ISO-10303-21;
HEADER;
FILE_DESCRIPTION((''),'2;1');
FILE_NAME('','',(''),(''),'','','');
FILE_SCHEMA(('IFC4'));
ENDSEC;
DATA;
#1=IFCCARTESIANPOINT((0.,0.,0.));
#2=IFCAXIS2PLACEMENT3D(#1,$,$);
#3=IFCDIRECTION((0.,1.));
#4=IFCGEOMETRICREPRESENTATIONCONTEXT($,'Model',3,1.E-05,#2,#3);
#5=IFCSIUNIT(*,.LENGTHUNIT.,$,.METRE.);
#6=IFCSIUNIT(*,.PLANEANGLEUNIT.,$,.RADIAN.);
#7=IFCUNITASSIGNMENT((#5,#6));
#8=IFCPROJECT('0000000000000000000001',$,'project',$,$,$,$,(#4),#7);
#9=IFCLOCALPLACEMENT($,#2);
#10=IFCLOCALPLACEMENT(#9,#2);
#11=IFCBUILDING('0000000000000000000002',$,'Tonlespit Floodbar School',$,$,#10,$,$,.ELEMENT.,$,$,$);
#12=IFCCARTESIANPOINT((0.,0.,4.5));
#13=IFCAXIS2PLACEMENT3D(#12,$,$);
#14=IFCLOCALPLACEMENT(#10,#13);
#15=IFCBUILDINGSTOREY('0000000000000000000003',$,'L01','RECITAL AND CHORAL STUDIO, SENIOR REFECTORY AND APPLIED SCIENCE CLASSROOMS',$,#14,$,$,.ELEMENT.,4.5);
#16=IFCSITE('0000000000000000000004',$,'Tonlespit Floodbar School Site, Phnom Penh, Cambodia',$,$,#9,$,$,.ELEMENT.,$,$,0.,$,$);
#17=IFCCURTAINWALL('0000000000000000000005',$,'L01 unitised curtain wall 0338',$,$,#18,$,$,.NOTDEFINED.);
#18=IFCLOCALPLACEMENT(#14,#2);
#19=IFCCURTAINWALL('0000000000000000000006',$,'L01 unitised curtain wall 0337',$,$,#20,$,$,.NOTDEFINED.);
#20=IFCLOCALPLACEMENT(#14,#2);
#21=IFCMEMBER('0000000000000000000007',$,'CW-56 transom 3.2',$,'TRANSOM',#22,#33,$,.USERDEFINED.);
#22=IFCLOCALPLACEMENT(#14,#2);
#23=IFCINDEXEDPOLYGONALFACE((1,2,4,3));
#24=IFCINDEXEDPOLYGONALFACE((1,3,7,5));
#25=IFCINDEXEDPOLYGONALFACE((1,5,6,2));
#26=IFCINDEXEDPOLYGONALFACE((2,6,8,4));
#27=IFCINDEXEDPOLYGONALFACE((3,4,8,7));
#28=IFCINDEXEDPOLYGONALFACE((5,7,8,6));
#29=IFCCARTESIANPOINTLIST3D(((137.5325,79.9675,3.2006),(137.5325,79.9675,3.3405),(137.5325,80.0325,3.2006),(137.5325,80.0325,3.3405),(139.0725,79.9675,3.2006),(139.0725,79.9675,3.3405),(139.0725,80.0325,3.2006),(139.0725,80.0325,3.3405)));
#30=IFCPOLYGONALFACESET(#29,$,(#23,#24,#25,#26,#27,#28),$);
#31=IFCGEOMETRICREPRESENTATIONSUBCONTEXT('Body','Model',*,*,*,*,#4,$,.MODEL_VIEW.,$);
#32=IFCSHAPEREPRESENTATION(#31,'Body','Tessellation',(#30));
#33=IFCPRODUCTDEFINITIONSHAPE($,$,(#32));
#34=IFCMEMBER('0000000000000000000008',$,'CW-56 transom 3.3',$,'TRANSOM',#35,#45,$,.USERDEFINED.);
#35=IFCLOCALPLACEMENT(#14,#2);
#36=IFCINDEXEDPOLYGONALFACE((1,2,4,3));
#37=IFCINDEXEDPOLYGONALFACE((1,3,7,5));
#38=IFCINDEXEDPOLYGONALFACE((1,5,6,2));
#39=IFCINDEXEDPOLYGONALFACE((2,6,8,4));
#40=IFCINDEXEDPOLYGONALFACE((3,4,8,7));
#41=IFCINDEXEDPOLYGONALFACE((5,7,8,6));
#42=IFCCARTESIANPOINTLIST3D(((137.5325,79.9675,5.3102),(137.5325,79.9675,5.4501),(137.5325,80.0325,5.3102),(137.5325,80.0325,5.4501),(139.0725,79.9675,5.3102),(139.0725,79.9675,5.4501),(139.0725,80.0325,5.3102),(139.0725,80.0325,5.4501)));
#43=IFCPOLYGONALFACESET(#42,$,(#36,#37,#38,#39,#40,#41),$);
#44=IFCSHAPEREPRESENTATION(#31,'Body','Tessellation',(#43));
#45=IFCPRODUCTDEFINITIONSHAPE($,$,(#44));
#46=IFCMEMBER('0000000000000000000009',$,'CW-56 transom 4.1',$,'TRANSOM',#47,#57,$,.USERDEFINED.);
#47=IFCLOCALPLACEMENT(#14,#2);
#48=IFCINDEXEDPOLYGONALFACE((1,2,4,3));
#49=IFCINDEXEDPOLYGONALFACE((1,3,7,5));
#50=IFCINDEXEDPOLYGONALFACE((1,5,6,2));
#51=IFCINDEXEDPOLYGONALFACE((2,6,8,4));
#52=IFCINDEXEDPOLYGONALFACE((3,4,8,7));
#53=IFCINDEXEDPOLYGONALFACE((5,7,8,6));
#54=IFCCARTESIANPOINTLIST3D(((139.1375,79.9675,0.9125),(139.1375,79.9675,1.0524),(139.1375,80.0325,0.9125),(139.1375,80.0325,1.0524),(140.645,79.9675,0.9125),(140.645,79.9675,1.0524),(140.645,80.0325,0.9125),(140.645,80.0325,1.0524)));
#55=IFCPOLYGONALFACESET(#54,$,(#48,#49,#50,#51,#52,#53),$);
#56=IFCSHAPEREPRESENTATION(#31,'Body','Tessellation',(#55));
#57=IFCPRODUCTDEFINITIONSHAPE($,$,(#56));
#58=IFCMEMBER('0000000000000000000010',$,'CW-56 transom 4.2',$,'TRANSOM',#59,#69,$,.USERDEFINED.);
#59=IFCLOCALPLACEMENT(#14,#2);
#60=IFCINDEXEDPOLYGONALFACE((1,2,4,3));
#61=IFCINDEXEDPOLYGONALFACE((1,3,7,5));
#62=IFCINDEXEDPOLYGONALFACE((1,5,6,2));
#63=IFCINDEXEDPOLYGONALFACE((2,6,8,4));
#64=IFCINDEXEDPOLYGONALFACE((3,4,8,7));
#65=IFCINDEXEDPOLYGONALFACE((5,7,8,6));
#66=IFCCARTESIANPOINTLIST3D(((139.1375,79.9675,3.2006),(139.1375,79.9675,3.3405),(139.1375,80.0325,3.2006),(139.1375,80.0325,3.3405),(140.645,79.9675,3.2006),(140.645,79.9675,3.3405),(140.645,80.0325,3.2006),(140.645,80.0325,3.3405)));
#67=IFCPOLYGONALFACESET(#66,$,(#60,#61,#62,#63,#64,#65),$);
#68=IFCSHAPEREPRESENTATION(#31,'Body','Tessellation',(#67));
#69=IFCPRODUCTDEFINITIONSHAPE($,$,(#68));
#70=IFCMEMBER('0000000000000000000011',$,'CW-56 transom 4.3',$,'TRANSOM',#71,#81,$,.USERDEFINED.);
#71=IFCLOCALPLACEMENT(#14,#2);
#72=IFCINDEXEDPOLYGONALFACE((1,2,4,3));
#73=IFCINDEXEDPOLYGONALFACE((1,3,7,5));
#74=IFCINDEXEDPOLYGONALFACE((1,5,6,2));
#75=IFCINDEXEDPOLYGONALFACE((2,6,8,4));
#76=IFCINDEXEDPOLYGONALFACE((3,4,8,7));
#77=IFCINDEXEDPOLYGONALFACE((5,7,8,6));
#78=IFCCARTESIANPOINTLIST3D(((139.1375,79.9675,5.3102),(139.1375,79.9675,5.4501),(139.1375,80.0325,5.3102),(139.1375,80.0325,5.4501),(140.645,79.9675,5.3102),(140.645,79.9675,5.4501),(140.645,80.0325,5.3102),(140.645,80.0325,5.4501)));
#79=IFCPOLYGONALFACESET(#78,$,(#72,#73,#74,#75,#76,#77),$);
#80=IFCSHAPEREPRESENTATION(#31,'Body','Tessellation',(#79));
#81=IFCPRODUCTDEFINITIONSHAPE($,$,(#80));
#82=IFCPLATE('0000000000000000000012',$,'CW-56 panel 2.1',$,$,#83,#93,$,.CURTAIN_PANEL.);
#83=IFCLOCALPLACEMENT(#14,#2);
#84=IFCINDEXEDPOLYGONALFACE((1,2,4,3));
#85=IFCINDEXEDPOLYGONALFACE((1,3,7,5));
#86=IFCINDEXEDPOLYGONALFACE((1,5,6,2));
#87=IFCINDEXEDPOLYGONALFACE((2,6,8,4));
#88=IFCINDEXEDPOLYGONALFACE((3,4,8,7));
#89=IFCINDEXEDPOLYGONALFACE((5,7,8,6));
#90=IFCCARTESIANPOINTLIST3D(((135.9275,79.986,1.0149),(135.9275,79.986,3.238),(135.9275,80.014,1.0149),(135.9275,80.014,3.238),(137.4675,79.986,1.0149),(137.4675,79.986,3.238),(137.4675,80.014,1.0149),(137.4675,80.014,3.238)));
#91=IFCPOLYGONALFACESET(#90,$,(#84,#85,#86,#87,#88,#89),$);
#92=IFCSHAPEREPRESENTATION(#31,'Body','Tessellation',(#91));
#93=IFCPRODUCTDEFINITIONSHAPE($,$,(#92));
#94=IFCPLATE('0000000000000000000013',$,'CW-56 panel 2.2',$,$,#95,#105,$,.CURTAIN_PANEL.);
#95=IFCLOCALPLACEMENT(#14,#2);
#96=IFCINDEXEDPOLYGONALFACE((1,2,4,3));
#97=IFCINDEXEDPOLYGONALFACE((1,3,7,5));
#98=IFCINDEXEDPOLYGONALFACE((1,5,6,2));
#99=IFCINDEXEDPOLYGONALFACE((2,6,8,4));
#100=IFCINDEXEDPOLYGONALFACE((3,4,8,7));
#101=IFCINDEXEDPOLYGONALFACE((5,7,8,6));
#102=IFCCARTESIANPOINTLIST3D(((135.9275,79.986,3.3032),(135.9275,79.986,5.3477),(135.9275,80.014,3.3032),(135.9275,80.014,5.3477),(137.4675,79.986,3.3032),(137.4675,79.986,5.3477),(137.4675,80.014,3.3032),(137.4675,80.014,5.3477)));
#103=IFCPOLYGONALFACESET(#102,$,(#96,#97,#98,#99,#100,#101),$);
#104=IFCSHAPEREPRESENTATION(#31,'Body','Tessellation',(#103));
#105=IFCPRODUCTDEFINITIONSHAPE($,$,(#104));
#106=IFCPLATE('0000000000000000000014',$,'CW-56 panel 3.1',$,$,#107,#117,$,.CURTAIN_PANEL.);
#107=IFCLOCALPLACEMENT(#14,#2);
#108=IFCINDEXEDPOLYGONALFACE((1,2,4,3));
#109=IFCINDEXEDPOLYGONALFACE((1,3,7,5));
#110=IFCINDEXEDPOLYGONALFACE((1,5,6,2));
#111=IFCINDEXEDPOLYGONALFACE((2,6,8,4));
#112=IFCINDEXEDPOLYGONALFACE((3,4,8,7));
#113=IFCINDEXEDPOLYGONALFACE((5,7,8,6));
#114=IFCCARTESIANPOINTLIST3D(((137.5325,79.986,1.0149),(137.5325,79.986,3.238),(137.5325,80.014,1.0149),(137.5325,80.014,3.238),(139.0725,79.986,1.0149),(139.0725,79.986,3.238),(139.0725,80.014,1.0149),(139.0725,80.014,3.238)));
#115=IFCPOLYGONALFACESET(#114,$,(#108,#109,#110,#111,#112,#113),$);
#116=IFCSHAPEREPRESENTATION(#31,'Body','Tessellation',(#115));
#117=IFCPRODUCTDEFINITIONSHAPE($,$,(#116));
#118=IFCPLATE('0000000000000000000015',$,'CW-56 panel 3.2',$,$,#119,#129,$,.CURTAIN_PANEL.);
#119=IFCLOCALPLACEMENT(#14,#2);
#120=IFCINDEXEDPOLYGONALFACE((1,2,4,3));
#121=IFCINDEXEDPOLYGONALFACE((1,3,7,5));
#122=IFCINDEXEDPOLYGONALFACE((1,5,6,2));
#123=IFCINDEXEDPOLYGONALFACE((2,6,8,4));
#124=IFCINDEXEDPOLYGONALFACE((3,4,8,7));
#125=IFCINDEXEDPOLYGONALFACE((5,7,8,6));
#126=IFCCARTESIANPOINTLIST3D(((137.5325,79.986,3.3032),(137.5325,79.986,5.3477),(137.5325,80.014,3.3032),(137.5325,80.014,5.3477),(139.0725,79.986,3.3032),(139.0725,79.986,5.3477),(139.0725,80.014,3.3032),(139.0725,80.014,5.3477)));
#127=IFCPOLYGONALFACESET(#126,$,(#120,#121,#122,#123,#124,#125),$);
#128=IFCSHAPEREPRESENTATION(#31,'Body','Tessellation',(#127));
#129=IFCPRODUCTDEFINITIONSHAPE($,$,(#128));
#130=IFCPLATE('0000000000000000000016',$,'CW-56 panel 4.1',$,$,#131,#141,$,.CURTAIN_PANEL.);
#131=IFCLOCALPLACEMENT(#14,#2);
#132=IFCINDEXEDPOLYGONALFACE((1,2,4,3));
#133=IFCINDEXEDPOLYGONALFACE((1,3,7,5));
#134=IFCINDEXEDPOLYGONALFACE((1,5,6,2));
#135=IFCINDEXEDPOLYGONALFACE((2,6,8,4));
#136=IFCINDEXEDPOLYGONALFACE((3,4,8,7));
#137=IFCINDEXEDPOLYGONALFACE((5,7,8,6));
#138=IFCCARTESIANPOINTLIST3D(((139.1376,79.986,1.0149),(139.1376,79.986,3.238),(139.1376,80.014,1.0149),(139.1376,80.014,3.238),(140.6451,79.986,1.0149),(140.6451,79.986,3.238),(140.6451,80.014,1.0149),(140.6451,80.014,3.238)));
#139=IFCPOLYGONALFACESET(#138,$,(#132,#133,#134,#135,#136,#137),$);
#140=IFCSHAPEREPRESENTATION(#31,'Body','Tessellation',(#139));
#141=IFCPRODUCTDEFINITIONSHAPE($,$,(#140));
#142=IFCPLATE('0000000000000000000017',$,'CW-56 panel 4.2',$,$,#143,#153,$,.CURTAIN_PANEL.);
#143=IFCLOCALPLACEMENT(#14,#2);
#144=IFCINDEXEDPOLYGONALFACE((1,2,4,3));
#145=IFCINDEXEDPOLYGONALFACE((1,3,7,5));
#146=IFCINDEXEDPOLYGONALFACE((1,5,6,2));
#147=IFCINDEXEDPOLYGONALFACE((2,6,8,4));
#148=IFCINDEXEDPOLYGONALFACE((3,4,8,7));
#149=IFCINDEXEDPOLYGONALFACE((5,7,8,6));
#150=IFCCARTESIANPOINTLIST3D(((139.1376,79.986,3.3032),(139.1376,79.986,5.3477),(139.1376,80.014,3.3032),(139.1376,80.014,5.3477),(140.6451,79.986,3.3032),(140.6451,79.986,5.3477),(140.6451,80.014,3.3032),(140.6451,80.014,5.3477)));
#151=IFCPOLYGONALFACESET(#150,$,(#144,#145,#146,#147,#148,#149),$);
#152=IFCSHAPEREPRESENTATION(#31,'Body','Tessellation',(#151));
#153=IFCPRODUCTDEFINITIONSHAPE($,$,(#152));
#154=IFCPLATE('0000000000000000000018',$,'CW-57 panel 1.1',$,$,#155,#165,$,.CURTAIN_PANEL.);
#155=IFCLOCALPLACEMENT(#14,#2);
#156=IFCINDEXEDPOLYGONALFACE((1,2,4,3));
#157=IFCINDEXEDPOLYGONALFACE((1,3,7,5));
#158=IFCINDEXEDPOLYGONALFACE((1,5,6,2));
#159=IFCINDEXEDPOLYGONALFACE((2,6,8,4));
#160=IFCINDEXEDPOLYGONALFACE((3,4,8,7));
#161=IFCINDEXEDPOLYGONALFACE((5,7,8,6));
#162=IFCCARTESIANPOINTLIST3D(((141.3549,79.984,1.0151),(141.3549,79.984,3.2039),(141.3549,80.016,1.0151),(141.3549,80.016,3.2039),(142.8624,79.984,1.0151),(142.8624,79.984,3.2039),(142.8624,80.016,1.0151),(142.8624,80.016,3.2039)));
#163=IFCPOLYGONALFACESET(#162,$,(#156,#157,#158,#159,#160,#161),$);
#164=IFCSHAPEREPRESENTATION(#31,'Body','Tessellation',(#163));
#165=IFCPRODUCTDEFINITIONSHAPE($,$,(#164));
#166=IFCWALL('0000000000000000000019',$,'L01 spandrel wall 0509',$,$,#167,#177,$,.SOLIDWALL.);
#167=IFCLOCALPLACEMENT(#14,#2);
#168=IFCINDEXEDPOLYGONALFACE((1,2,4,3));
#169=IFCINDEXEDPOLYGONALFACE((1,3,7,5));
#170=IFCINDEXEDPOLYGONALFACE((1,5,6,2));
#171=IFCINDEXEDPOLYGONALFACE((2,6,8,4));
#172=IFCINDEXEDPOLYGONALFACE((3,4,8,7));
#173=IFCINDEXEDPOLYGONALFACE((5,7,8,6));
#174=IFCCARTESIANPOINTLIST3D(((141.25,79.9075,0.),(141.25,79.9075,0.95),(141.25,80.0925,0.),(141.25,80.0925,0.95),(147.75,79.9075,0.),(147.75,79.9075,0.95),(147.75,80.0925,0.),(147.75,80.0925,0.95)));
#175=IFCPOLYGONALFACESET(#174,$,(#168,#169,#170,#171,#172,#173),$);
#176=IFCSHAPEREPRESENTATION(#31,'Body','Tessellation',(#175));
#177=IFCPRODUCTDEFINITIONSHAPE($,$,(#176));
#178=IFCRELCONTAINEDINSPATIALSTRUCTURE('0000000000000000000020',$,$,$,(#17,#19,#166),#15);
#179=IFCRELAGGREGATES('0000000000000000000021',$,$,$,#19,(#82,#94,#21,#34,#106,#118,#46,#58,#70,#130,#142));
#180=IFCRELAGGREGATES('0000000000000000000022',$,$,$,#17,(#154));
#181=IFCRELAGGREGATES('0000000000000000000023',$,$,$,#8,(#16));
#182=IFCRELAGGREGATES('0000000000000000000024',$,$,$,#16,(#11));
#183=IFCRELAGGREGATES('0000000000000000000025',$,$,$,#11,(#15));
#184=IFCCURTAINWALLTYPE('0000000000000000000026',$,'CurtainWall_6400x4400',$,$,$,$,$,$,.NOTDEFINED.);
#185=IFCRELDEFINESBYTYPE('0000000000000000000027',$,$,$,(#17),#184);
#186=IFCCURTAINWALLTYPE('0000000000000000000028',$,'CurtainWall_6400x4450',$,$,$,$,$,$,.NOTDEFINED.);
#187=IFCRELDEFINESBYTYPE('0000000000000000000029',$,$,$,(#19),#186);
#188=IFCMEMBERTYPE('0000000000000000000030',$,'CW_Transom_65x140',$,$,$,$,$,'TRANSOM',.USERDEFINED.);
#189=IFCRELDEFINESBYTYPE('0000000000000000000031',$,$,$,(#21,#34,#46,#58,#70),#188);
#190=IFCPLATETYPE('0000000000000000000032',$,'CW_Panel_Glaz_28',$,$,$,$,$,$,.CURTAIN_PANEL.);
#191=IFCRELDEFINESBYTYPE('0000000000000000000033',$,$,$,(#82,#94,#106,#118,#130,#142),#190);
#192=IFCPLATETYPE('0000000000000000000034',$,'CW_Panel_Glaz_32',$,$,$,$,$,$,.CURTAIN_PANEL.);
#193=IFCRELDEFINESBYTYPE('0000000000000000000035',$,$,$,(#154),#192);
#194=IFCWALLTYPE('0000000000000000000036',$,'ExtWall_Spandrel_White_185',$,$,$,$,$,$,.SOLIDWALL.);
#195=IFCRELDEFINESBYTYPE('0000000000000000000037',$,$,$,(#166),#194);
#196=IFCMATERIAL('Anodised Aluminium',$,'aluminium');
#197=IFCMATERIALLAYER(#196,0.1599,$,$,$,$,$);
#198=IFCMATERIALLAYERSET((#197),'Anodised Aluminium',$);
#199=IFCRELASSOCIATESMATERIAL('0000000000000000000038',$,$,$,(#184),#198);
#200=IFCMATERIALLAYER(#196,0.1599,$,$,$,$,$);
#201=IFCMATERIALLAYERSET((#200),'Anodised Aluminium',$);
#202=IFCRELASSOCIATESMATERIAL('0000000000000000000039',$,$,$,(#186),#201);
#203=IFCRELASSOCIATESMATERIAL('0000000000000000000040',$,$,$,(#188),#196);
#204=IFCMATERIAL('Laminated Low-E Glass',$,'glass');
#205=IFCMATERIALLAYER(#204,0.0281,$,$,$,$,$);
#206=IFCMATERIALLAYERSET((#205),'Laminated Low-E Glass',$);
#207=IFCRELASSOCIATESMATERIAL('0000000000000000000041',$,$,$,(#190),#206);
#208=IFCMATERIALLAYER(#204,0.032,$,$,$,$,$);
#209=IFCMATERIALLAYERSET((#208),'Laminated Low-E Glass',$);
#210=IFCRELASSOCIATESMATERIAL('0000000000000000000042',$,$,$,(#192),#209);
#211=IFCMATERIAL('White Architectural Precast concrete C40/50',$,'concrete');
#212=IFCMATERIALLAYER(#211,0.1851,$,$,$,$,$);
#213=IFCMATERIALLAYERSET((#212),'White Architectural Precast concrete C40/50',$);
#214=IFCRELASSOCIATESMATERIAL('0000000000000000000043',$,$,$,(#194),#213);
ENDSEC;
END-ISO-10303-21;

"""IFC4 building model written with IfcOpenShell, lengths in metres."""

from ifc_helpers import new_model, si_unit, direction, frame, frame_2d, origin, origin_2d, place, context, subcontext, project, spatial, rectangle, extrude, material, layer, layer_set, material_profile, profile_set, type_object, element, aggregate, save


model = new_model("IFC4")

# Units and contexts
model_context = context("Model", 3, precision=1e-05, world=origin(), true_north=direction((0.0, 1.0)))
body_context = subcontext(model_context, "Body", "Model", "MODEL_VIEW")
ifc_project = project(units=[si_unit("LENGTHUNIT", "METRE"), si_unit("PLANEANGLEUNIT", "RADIAN")], contexts=[model_context])

# Site, building, storey
site_placement = place(None, origin())
site = spatial("IfcSite", under=ifc_project, at=site_placement, Name="Tonlespit Floodbar School Site, Phnom Penh, Cambodia", CompositionType="ELEMENT", RefElevation=0.0)
building_placement = place(site_placement, origin())
building = spatial("IfcBuilding", under=site, at=building_placement, Name="Tonlespit Floodbar School", CompositionType="ELEMENT")
storey_placement = place(building_placement, frame((0.0, 0.0, 4.5)))
storey = spatial("IfcBuildingStorey", under=building, at=storey_placement, Name="L01", Description="RECITAL AND CHORAL STUDIO, SENIOR REFECTORY AND APPLIED SCIENCE CLASSROOMS", CompositionType="ELEMENT", Elevation=4.5)

# Curtain wall
ifc_material_1 = material(Name="Anodised Aluminium", Category="aluminium")
ifc_layer_1 = layer(ifc_material_1, 0.1599)
ifc_layer_set_1 = layer_set([ifc_layer_1], Name="Anodised Aluminium")
curtain_wall_type_1 = type_object("IfcCurtainWallType", Name="CurtainWall_6400x4400", PredefinedType="NOTDEFINED", material=ifc_layer_set_1)
curtain_wall_1_placement = place(storey_placement, origin())
curtain_wall_1 = element("IfcCurtainWall", 1, at=curtain_wall_1_placement, inside=storey, type_object=curtain_wall_type_1, Name="L01 unitised curtain wall 0338", PredefinedType="NOTDEFINED")

# Curtain wall
ifc_layer_2 = layer(ifc_material_1, 0.1599)
ifc_layer_set_2 = layer_set([ifc_layer_2], Name="Anodised Aluminium")
curtain_wall_type_2 = type_object("IfcCurtainWallType", Name="CurtainWall_6400x4450", PredefinedType="NOTDEFINED", material=ifc_layer_set_2)
curtain_wall_2_placement = place(storey_placement, origin())
curtain_wall_2 = element("IfcCurtainWall", 2, at=curtain_wall_2_placement, inside=storey, type_object=curtain_wall_type_2, Name="L01 unitised curtain wall 0337", PredefinedType="NOTDEFINED")

# Members
ifc_material_profile_1 = material_profile(ifc_material_1, rectangle(XDim=0.0649, YDim=0.1399, at=origin_2d()), Name="ALU T65x140")
ifc_profile_set_1 = profile_set([ifc_material_profile_1], Name="Anodised Aluminium")
member_type_1 = type_object("IfcMemberType", Name="CW_Transom_65x140", ElementType="TRANSOM", PredefinedType="USERDEFINED", material=ifc_profile_set_1)
member_1_placement = place(storey_placement, frame((137.5325, 80.0, 3.2705), z_axis=(1.0, 0.0, 0.0), x_axis=(0.0, 1.0, 0.0)))
member_1 = element("IfcMember", 3, at=member_1_placement, type_object=member_type_1, Name="CW-56 transom 3.2", ObjectType="TRANSOM", PredefinedType="USERDEFINED", context=body_context, shape_type="SweptSolid", body=[
    extrude(rectangle(XDim=0.0649, YDim=0.1399, at=origin_2d()), origin(), (0.0, 0.0, 1.0), 1.54),
])
member_2_placement = place(storey_placement, frame((137.5325, 80.0, 5.3801), z_axis=(1.0, 0.0, 0.0), x_axis=(0.0, 1.0, 0.0)))
member_2 = element("IfcMember", 4, at=member_2_placement, type_object=member_type_1, Name="CW-56 transom 3.3", ObjectType="TRANSOM", PredefinedType="USERDEFINED", context=body_context, shape_type="SweptSolid", body=[
    extrude(rectangle(XDim=0.0649, YDim=0.1399, at=origin_2d()), origin(), (0.0, 0.0, 1.0), 1.54),
])
member_3_placement = place(storey_placement, frame((139.1375, 80.0, 0.9824), z_axis=(1.0, 0.0, 0.0), x_axis=(0.0, 1.0, 0.0)))
member_3 = element("IfcMember", 5, at=member_3_placement, type_object=member_type_1, Name="CW-56 transom 4.1", ObjectType="TRANSOM", PredefinedType="USERDEFINED", context=body_context, shape_type="SweptSolid", body=[
    extrude(rectangle(XDim=0.0649, YDim=0.1399, at=origin_2d()), origin(), (0.0, 0.0, 1.0), 1.5076),
])
member_4_placement = place(storey_placement, frame((139.1375, 80.0, 3.2705), z_axis=(1.0, 0.0, 0.0), x_axis=(0.0, 1.0, 0.0)))
member_4 = element("IfcMember", 6, at=member_4_placement, type_object=member_type_1, Name="CW-56 transom 4.2", ObjectType="TRANSOM", PredefinedType="USERDEFINED", context=body_context, shape_type="SweptSolid", body=[
    extrude(rectangle(XDim=0.0649, YDim=0.1399, at=origin_2d()), origin(), (0.0, 0.0, 1.0), 1.5076),
])
member_5_placement = place(storey_placement, frame((139.1375, 80.0, 5.3801), z_axis=(1.0, 0.0, 0.0), x_axis=(0.0, 1.0, 0.0)))
member_5 = element("IfcMember", 7, at=member_5_placement, type_object=member_type_1, Name="CW-56 transom 4.3", ObjectType="TRANSOM", PredefinedType="USERDEFINED", context=body_context, shape_type="SweptSolid", body=[
    extrude(rectangle(XDim=0.0649, YDim=0.1399, at=origin_2d()), origin(), (0.0, 0.0, 1.0), 1.5076),
])

# Plates
ifc_material_2 = material(Name="Laminated Low-E Glass", Category="glass")
ifc_layer_3 = layer(ifc_material_2, 0.0281)
ifc_layer_set_3 = layer_set([ifc_layer_3], Name="Laminated Low-E Glass")
plate_type_1 = type_object("IfcPlateType", Name="CW_Panel_Glaz_28", PredefinedType="CURTAIN_PANEL", material=ifc_layer_set_3)
plate_1_placement = place(storey_placement, frame((136.6975, 80.0, 1.0149), z_axis=(0.0, 0.0, 1.0), x_axis=(1.0, 0.0, 0.0)))
plate_1 = element("IfcPlate", 8, at=plate_1_placement, type_object=plate_type_1, Name="CW-56 panel 2.1", PredefinedType="CURTAIN_PANEL", context=body_context, shape_type="SweptSolid", body=[
    extrude(rectangle(XDim=1.54, YDim=0.0281, at=origin_2d()), origin(), (0.0, 0.0, 1.0), 2.2231),
])
plate_2_placement = place(storey_placement, frame((136.6975, 80.0, 3.3032), z_axis=(0.0, 0.0, 1.0), x_axis=(1.0, 0.0, 0.0)))
plate_2 = element("IfcPlate", 9, at=plate_2_placement, type_object=plate_type_1, Name="CW-56 panel 2.2", PredefinedType="CURTAIN_PANEL", context=body_context, shape_type="SweptSolid", body=[
    extrude(rectangle(XDim=1.54, YDim=0.0281, at=origin_2d()), origin(), (0.0, 0.0, 1.0), 2.0444),
])
plate_3_placement = place(storey_placement, frame((138.3025, 80.0, 1.0149), z_axis=(0.0, 0.0, 1.0), x_axis=(1.0, 0.0, 0.0)))
plate_3 = element("IfcPlate", 10, at=plate_3_placement, type_object=plate_type_1, Name="CW-56 panel 3.1", PredefinedType="CURTAIN_PANEL", context=body_context, shape_type="SweptSolid", body=[
    extrude(rectangle(XDim=1.54, YDim=0.0281, at=origin_2d()), origin(), (0.0, 0.0, 1.0), 2.2231),
])
plate_4_placement = place(storey_placement, frame((138.3025, 80.0, 3.3032), z_axis=(0.0, 0.0, 1.0), x_axis=(1.0, 0.0, 0.0)))
plate_4 = element("IfcPlate", 11, at=plate_4_placement, type_object=plate_type_1, Name="CW-56 panel 3.2", PredefinedType="CURTAIN_PANEL", context=body_context, shape_type="SweptSolid", body=[
    extrude(rectangle(XDim=1.54, YDim=0.0281, at=origin_2d()), origin(), (0.0, 0.0, 1.0), 2.0444),
])
plate_5_placement = place(storey_placement, frame((139.8914, 80.0, 1.0149), z_axis=(0.0, 0.0, 1.0), x_axis=(1.0, 0.0, 0.0)))
plate_5 = element("IfcPlate", 12, at=plate_5_placement, type_object=plate_type_1, Name="CW-56 panel 4.1", PredefinedType="CURTAIN_PANEL", context=body_context, shape_type="SweptSolid", body=[
    extrude(rectangle(XDim=1.5076, YDim=0.0281, at=origin_2d()), origin(), (0.0, 0.0, 1.0), 2.2231),
])
plate_6_placement = place(storey_placement, frame((139.8914, 80.0, 3.3032), z_axis=(0.0, 0.0, 1.0), x_axis=(1.0, 0.0, 0.0)))
plate_6 = element("IfcPlate", 13, at=plate_6_placement, type_object=plate_type_1, Name="CW-56 panel 4.2", PredefinedType="CURTAIN_PANEL", context=body_context, shape_type="SweptSolid", body=[
    extrude(rectangle(XDim=1.5076, YDim=0.0281, at=origin_2d()), origin(), (0.0, 0.0, 1.0), 2.0444),
])
aggregate(curtain_wall_2, [plate_1, plate_2, member_1, member_2, plate_3, plate_4, member_3, member_4, member_5, plate_5, plate_6])
ifc_layer_4 = layer(ifc_material_2, 0.032)
ifc_layer_set_4 = layer_set([ifc_layer_4], Name="Laminated Low-E Glass")
plate_type_2 = type_object("IfcPlateType", Name="CW_Panel_Glaz_32", PredefinedType="CURTAIN_PANEL", material=ifc_layer_set_4)
plate_7_placement = place(storey_placement, frame((142.1086, 80.0, 1.0151), z_axis=(0.0, 0.0, 1.0), x_axis=(1.0, 0.0, 0.0)))
plate_7 = element("IfcPlate", 14, at=plate_7_placement, type_object=plate_type_2, Name="CW-57 panel 1.1", PredefinedType="CURTAIN_PANEL", context=body_context, shape_type="SweptSolid", body=[
    extrude(rectangle(XDim=1.5076, YDim=0.032, at=origin_2d()), origin(), (0.0, 0.0, 1.0), 2.1887),
])
aggregate(curtain_wall_1, [plate_7])

# Wall
ifc_material_3 = material(Name="White Architectural Precast concrete C40/50", Category="concrete")
ifc_layer_5 = layer(ifc_material_3, 0.1851)
ifc_layer_set_5 = layer_set([ifc_layer_5], Name="White Architectural Precast concrete C40/50")
wall_type = type_object("IfcWallType", Name="ExtWall_Spandrel_White_185", PredefinedType="SOLIDWALL", material=ifc_layer_set_5)
wall_placement = place(storey_placement, frame((141.25, 80.0, 0.0), z_axis=(0.0, 0.0, 1.0), x_axis=(1.0, 0.0, 0.0)))
element("IfcWall", 15, at=wall_placement, inside=storey, type_object=wall_type, Name="L01 spandrel wall 0509", PredefinedType="SOLIDWALL", context=body_context, shape_type="SweptSolid", body=[
    extrude(rectangle(XDim=6.5, YDim=0.1851, at=frame_2d((3.25, 0.0))), origin(), (0.0, 0.0, 1.0), 0.95),
])

save(model, "model.ifc")
